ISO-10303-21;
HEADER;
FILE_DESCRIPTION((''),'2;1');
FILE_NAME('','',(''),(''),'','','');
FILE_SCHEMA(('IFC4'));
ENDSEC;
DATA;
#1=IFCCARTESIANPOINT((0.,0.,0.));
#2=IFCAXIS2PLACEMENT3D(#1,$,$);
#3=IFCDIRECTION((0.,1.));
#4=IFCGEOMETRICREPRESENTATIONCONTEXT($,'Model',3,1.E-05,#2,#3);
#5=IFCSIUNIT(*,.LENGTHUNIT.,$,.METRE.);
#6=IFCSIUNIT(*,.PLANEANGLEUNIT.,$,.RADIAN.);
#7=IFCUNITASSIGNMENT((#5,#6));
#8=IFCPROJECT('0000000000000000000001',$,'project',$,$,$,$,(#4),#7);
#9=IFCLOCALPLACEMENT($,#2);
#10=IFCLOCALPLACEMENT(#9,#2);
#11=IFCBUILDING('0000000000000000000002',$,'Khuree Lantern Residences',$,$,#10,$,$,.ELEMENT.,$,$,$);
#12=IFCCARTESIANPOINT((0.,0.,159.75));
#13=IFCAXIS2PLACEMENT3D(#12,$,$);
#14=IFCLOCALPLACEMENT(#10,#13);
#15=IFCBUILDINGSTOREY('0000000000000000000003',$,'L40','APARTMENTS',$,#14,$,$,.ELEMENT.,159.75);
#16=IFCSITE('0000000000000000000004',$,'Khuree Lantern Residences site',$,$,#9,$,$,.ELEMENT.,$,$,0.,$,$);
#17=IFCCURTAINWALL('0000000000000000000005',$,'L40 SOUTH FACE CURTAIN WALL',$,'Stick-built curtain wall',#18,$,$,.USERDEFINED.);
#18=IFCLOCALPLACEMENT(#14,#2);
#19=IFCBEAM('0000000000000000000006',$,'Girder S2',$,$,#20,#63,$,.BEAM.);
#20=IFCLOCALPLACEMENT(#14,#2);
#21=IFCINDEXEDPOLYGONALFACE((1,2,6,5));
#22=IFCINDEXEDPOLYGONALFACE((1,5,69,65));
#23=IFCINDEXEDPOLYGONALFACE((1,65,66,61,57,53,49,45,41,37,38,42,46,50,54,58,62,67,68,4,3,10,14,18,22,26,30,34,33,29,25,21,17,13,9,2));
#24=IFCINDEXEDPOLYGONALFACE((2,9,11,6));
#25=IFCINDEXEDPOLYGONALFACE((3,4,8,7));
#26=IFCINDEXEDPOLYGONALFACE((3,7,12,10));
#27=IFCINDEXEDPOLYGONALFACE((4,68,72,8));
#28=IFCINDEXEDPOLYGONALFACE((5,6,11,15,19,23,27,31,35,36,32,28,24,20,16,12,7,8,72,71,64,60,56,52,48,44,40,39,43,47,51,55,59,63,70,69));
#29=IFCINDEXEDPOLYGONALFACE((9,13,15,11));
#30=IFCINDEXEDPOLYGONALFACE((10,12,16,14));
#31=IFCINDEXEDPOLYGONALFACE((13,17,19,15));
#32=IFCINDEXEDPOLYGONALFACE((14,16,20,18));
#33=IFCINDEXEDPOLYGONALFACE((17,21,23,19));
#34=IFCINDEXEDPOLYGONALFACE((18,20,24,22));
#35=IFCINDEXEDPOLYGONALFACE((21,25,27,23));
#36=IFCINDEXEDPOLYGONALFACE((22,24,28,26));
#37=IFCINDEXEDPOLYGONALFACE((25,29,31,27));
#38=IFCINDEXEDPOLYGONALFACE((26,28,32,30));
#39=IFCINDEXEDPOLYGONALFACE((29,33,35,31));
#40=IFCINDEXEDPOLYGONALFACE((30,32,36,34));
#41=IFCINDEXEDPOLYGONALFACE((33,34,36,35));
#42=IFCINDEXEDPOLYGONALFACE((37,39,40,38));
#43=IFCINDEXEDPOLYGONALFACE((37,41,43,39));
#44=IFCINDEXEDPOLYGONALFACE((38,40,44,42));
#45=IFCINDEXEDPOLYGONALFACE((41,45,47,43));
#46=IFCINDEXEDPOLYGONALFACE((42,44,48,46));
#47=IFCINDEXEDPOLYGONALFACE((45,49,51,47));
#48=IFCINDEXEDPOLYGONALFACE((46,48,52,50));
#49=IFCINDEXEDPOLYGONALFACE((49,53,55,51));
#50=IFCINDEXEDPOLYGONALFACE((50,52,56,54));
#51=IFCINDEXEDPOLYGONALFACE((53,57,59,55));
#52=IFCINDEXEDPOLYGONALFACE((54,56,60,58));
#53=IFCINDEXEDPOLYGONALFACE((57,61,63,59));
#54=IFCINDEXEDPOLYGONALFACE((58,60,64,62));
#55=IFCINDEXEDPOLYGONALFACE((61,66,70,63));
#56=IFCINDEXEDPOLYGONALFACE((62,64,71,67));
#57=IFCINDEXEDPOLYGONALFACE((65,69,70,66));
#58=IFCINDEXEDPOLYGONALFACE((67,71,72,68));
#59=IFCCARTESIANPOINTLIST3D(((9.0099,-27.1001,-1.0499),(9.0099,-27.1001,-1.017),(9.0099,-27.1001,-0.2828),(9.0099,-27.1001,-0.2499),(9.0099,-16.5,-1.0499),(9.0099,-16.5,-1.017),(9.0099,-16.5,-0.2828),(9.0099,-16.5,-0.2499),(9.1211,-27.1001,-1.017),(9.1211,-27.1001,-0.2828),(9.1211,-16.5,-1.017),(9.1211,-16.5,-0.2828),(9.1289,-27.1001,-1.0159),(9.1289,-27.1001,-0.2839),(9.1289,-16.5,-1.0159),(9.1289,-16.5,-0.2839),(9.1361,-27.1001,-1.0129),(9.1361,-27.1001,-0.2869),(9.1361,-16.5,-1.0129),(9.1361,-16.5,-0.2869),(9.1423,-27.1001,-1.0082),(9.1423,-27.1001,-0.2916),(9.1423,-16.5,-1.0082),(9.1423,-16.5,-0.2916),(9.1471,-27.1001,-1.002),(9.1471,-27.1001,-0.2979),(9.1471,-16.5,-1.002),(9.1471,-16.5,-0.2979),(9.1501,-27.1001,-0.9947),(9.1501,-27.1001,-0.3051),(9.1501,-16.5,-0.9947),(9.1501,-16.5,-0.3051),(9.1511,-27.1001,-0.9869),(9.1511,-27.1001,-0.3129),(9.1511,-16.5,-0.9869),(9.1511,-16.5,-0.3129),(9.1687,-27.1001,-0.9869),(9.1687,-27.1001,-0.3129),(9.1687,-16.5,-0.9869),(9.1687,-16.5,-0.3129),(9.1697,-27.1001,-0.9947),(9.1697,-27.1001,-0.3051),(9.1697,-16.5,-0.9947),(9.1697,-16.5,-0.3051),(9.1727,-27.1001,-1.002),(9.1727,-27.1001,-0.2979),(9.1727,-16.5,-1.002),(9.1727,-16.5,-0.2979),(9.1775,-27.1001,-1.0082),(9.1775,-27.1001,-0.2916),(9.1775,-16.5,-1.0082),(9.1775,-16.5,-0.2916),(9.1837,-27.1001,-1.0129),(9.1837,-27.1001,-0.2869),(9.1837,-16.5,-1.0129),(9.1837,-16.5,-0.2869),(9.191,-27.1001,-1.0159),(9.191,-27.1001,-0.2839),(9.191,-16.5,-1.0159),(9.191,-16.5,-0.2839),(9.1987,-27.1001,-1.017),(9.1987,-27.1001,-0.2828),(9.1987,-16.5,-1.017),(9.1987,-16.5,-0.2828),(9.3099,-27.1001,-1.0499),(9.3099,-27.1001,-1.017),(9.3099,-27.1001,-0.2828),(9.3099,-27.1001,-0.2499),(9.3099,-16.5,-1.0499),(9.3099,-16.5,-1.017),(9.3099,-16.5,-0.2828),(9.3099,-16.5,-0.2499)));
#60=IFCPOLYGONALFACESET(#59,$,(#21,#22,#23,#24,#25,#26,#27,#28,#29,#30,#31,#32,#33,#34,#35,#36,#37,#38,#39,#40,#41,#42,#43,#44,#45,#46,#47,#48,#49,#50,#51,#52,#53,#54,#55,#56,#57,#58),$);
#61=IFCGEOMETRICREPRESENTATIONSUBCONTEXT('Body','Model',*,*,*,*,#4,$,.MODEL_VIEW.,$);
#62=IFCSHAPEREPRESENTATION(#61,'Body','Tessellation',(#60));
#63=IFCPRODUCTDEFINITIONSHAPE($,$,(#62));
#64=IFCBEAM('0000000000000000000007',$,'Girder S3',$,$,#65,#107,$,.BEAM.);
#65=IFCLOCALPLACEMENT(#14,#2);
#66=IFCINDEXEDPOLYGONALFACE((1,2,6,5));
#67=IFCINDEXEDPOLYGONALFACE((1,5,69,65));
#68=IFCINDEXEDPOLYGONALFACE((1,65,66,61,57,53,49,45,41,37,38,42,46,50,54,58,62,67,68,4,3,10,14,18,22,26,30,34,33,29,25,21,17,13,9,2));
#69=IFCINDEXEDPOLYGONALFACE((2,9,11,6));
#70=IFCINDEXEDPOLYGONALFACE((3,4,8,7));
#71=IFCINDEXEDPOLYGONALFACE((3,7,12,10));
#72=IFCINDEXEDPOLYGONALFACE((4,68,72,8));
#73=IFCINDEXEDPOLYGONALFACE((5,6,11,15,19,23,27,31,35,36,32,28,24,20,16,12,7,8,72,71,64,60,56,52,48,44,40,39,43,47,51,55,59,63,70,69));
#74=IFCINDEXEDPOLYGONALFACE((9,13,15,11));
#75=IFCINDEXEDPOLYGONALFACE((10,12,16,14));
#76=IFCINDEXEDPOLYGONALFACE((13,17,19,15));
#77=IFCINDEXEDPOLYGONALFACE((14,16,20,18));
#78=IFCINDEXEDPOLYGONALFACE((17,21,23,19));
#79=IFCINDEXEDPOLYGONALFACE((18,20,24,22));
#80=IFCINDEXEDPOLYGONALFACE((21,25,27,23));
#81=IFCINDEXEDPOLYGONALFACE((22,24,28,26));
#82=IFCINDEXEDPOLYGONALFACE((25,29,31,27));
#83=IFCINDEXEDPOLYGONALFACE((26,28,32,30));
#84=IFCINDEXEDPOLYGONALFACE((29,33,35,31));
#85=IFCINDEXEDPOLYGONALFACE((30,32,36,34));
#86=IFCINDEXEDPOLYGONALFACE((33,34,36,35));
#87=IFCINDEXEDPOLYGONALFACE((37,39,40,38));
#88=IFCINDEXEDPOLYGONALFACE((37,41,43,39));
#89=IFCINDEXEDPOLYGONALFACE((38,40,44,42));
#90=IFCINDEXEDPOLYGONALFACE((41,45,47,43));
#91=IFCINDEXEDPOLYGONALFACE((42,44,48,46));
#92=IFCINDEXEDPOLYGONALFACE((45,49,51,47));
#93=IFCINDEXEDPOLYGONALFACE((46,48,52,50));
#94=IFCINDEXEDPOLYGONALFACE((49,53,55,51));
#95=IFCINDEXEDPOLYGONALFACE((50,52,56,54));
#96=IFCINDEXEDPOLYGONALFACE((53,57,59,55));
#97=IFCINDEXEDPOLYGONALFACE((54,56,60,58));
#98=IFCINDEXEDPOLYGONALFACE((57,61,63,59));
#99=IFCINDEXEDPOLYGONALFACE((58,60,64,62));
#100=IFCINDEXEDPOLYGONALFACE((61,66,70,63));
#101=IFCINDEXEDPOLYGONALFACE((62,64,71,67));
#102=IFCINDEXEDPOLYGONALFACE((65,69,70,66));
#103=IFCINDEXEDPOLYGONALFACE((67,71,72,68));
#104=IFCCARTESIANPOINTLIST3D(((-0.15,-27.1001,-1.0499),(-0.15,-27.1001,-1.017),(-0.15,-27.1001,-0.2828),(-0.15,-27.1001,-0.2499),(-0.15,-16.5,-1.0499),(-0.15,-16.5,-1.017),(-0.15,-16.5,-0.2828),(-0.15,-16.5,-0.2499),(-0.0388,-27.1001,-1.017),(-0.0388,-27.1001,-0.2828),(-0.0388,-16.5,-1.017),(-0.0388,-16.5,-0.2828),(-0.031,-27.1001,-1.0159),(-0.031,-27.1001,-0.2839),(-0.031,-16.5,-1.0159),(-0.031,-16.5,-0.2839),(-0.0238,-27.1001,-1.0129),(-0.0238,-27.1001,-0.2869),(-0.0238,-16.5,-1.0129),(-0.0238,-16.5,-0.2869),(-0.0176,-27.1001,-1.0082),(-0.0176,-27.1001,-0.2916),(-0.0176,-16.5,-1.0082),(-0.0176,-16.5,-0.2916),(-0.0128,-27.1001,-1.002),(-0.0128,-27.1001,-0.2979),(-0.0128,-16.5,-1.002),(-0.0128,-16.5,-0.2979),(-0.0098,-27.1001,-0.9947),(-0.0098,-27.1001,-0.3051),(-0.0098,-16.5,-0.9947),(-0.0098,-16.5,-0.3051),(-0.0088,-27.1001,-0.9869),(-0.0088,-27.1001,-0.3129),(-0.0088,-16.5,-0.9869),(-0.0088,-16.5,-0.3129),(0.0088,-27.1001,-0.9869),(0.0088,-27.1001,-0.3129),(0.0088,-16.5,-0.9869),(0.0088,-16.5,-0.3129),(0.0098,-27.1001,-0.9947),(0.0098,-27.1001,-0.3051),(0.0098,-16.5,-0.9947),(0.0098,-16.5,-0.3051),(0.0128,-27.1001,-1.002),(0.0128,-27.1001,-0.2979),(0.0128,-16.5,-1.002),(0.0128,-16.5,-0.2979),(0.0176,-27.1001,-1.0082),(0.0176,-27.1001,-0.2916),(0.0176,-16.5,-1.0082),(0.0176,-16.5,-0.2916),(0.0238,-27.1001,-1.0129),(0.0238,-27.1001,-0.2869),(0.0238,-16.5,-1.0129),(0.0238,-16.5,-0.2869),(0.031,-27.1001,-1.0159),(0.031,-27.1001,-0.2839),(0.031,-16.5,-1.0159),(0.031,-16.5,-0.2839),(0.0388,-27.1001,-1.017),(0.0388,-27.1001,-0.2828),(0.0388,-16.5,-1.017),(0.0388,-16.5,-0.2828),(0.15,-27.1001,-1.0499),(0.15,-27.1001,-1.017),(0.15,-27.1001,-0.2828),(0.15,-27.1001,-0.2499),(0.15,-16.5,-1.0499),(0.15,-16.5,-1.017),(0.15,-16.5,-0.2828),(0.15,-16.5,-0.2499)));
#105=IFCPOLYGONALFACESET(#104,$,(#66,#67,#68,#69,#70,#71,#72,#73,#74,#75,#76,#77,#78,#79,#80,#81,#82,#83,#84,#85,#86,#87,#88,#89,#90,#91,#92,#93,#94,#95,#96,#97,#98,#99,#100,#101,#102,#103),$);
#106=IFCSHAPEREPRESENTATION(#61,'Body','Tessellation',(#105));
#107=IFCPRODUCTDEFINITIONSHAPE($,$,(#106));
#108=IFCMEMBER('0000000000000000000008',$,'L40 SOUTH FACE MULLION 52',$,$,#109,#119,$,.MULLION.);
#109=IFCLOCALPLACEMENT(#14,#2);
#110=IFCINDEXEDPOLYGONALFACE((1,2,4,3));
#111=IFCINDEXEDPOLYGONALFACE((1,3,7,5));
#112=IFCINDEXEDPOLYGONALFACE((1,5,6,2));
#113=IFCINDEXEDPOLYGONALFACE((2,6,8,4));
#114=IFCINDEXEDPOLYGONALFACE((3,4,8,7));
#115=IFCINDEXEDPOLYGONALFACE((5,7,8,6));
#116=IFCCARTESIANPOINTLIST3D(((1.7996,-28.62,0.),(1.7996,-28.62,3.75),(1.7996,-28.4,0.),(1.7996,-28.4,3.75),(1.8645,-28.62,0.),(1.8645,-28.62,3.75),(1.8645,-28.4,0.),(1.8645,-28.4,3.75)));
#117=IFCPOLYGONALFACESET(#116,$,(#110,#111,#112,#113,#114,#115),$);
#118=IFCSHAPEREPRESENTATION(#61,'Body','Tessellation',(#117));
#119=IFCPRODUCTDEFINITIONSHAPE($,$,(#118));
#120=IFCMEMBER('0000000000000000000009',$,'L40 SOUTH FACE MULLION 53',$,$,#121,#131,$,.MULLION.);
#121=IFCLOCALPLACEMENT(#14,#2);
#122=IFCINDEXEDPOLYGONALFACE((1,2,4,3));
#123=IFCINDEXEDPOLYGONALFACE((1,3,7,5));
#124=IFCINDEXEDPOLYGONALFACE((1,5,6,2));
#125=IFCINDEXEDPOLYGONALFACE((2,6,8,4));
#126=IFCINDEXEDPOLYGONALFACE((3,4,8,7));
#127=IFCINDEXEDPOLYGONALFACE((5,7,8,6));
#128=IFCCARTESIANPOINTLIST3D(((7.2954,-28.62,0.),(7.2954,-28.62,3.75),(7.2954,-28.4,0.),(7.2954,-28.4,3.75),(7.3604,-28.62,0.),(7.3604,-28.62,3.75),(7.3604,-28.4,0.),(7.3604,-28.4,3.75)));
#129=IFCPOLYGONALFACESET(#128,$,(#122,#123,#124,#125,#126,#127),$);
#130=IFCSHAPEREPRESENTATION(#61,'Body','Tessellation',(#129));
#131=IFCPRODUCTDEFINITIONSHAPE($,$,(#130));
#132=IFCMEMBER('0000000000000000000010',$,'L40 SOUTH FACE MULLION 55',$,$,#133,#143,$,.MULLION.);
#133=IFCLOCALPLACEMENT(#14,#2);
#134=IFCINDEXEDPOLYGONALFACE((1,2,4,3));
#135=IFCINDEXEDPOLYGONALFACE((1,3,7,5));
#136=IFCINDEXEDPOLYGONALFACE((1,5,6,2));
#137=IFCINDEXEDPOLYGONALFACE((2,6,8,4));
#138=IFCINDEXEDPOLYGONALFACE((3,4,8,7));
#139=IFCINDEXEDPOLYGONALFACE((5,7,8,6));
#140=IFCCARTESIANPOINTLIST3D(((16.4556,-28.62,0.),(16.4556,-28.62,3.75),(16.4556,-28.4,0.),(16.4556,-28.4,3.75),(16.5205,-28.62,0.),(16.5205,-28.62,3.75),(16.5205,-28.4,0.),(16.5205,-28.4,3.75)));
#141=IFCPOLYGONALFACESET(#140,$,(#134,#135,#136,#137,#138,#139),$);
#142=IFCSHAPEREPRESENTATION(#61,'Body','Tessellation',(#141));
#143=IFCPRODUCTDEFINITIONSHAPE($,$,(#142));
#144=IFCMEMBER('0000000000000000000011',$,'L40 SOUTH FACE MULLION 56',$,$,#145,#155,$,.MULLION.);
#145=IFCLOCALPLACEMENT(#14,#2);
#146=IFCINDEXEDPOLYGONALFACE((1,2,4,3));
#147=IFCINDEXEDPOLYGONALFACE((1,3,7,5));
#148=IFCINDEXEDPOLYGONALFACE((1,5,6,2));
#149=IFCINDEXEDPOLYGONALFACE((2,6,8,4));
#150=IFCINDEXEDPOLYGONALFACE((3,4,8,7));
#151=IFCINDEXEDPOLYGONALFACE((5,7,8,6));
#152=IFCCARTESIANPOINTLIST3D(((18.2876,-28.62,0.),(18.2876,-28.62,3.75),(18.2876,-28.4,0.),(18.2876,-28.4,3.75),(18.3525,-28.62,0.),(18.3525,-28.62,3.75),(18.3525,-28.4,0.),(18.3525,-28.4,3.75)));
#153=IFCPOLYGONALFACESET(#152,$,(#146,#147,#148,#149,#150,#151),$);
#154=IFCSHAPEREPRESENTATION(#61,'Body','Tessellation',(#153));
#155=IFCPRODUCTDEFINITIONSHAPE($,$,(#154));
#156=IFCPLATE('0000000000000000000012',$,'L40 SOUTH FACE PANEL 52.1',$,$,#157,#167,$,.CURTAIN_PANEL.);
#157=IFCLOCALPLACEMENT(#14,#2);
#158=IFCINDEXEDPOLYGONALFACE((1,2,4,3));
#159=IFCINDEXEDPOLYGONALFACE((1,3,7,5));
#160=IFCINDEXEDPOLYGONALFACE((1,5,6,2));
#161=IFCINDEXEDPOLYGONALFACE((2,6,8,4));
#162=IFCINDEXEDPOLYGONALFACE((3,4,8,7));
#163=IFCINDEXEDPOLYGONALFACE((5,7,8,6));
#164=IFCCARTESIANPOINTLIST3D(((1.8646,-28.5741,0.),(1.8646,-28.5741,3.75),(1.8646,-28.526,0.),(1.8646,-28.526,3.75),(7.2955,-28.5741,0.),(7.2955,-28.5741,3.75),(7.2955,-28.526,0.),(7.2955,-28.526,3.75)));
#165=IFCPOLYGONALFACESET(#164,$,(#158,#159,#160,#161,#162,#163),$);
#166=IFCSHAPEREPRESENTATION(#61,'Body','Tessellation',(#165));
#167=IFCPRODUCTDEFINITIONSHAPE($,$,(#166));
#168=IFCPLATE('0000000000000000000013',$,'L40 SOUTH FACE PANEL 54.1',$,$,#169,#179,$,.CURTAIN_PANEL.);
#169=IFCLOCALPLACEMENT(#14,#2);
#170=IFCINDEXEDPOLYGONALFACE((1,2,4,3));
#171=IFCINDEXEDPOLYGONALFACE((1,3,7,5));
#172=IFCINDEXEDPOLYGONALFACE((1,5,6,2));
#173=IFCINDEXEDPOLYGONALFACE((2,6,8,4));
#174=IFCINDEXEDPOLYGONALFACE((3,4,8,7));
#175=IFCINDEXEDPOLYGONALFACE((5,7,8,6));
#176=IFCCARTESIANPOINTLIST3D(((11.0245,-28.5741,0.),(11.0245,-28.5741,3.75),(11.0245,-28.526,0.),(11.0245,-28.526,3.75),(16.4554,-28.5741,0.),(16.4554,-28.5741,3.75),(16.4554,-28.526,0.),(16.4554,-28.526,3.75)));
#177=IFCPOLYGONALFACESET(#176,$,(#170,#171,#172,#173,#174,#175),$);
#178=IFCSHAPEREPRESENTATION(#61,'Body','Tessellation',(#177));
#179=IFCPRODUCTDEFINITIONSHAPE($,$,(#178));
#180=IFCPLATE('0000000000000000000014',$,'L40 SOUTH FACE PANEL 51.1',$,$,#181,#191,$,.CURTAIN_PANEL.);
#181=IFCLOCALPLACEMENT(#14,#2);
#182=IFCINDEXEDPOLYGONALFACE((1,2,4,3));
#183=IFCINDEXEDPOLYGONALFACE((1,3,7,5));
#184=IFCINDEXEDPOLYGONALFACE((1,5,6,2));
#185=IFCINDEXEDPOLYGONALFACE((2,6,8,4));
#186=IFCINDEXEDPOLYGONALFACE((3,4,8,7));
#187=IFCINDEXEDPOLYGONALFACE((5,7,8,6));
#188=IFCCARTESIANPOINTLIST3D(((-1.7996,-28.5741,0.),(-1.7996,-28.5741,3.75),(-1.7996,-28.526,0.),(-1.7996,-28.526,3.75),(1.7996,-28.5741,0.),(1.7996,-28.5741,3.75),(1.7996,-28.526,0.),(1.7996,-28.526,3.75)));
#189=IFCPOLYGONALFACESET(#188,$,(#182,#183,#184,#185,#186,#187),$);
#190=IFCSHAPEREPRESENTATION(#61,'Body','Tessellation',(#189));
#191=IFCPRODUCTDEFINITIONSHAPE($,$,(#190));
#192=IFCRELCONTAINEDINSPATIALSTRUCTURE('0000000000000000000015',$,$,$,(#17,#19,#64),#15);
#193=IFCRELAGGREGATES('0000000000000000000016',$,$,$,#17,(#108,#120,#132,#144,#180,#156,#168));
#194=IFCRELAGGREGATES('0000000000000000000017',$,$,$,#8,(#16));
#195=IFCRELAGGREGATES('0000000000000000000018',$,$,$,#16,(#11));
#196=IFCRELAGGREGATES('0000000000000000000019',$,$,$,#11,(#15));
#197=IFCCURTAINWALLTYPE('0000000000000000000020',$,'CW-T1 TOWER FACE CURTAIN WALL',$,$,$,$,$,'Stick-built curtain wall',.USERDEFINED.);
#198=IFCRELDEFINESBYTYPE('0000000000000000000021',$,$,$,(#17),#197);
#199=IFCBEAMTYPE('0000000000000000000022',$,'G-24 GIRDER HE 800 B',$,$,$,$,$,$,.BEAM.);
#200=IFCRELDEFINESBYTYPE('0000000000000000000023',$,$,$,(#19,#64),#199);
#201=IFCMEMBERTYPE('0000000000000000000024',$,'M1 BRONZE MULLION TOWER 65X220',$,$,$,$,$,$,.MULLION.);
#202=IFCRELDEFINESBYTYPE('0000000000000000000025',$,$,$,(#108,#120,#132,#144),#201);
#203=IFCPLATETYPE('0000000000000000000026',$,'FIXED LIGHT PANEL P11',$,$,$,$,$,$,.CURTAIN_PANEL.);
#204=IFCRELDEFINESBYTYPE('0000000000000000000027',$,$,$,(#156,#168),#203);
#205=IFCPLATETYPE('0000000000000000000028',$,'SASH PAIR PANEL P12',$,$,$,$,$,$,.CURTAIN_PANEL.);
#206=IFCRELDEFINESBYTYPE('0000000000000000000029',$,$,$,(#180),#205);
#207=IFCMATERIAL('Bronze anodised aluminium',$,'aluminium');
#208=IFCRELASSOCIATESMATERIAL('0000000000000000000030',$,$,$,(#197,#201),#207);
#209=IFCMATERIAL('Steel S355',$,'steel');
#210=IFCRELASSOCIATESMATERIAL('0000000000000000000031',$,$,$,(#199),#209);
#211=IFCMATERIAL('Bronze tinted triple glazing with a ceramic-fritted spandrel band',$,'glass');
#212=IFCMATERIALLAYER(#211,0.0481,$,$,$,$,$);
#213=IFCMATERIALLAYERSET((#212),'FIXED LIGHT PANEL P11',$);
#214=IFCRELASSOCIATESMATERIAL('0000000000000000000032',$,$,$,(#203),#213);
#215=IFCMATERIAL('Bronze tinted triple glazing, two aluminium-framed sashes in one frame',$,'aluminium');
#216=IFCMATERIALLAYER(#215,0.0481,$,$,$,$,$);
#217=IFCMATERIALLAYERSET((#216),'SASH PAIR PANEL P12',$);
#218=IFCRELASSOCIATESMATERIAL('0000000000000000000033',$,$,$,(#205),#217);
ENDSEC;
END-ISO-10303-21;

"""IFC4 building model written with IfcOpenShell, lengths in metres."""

from ifc_helpers import new_model, si_unit, direction, frame, origin, origin_2d, place, context, subcontext, project, spatial, rectangle, i_section, extrude, material, layer, layer_set, material_profile, profile_set, type_object, element, aggregate, save


model = new_model("IFC4")

# Units and contexts
model_context = context("Model", 3, precision=1e-05, world=origin(), true_north=direction((0.0, 1.0)))
body_context = subcontext(model_context, "Body", "Model", "MODEL_VIEW")
ifc_project = project(units=[si_unit("LENGTHUNIT", "METRE"), si_unit("PLANEANGLEUNIT", "RADIAN")], contexts=[model_context])

# Site, building, storey
site_placement = place(None, origin())
site = spatial("IfcSite", under=ifc_project, at=site_placement, Name="Khuree Lantern Residences site", CompositionType="ELEMENT", RefElevation=0.0)
building_placement = place(site_placement, origin())
building = spatial("IfcBuilding", under=site, at=building_placement, Name="Khuree Lantern Residences", CompositionType="ELEMENT")
storey_placement = place(building_placement, frame((0.0, 0.0, 159.75)))
storey = spatial("IfcBuildingStorey", under=building, at=storey_placement, Name="L40", Description="APARTMENTS", CompositionType="ELEMENT", Elevation=159.75)

# Shared definitions
ifc_material_1 = material(Name="Steel S355", Category="steel")

# Curtain wall
ifc_material_2 = material(Name="Bronze anodised aluminium", Category="aluminium")
curtain_wall_type = type_object("IfcCurtainWallType", Name="CW-T1 TOWER FACE CURTAIN WALL", ElementType="Stick-built curtain wall", PredefinedType="USERDEFINED", material=ifc_material_2)
curtain_wall_placement = place(storey_placement, origin())
curtain_wall = element("IfcCurtainWall", 1, at=curtain_wall_placement, inside=storey, type_object=curtain_wall_type, Name="L40 SOUTH FACE CURTAIN WALL", ObjectType="Stick-built curtain wall", PredefinedType="USERDEFINED")

# Beams
ifc_material_profile_1 = material_profile(ifc_material_1, i_section(OverallWidth=0.3, OverallDepth=0.8, WebThickness=0.0176, FlangeThickness=0.033, FilletRadius=0.03, at=origin_2d()), Name="HE 800 B")
ifc_profile_set_1 = profile_set([ifc_material_profile_1], Name="Steel S355")
beam_type_1 = type_object("IfcBeamType", Name="G-24 GIRDER HE 800 B", PredefinedType="BEAM", material=ifc_profile_set_1)
for number, where, z_axis, x_axis, name in (
    (2, (9.1599, -27.1001, -0.6499), (0.0, 1.0, 0.0), (-1.0, 0.0, 0.0), "Girder S2"),
    (3, (0.0, -27.1001, -0.6499), (0.0, 1.0, 0.0), (-1.0, 0.0, 0.0), "Girder S3"),
):
    element("IfcBeam", number, at=place(storey_placement, frame(where, z_axis=z_axis, x_axis=x_axis)), inside=storey, type_object=beam_type_1, Name=name, PredefinedType="BEAM", context=body_context, shape_type="SweptSolid", body=[
        extrude(i_section(OverallWidth=0.3, OverallDepth=0.8, WebThickness=0.0176, FlangeThickness=0.033, FilletRadius=0.03, at=origin_2d()), origin(), (0.0, 0.0, 1.0), 10.6001),
    ])

# Members
ifc_material_profile_2 = material_profile(ifc_material_2, rectangle(XDim=0.0649, YDim=0.22, at=origin_2d()), Name="M1 65X220")
ifc_profile_set_2 = profile_set([ifc_material_profile_2], Name="Bronze anodised aluminium")
member_type_1 = type_object("IfcMemberType", Name="M1 BRONZE MULLION TOWER 65X220", PredefinedType="MULLION", material=ifc_profile_set_2)
member_1_placement = place(storey_placement, frame((1.832, -28.51, 0.0), z_axis=(0.0, 0.0, 1.0), x_axis=(1.0, 0.0, 0.0)))
member_1 = element("IfcMember", 4, at=member_1_placement, type_object=member_type_1, Name="L40 SOUTH FACE MULLION 52", PredefinedType="MULLION", context=body_context, shape_type="SweptSolid", body=[
    extrude(rectangle(XDim=0.0649, YDim=0.22, at=origin_2d()), origin(), (0.0, 0.0, 1.0), 3.75),
])
member_2_placement = place(storey_placement, frame((7.3279, -28.51, 0.0), z_axis=(0.0, 0.0, 1.0), x_axis=(1.0, 0.0, 0.0)))
member_2 = element("IfcMember", 5, at=member_2_placement, type_object=member_type_1, Name="L40 SOUTH FACE MULLION 53", PredefinedType="MULLION", context=body_context, shape_type="SweptSolid", body=[
    extrude(rectangle(XDim=0.0649, YDim=0.22, at=origin_2d()), origin(), (0.0, 0.0, 1.0), 3.75),
])
member_3_placement = place(storey_placement, frame((16.488, -28.51, 0.0), z_axis=(0.0, 0.0, 1.0), x_axis=(1.0, 0.0, 0.0)))
member_3 = element("IfcMember", 6, at=member_3_placement, type_object=member_type_1, Name="L40 SOUTH FACE MULLION 55", PredefinedType="MULLION", context=body_context, shape_type="SweptSolid", body=[
    extrude(rectangle(XDim=0.0649, YDim=0.22, at=origin_2d()), origin(), (0.0, 0.0, 1.0), 3.75),
])
member_4_placement = place(storey_placement, frame((18.3201, -28.51, 0.0), z_axis=(0.0, 0.0, 1.0), x_axis=(1.0, 0.0, 0.0)))
member_4 = element("IfcMember", 7, at=member_4_placement, type_object=member_type_1, Name="L40 SOUTH FACE MULLION 56", PredefinedType="MULLION", context=body_context, shape_type="SweptSolid", body=[
    extrude(rectangle(XDim=0.0649, YDim=0.22, at=origin_2d()), origin(), (0.0, 0.0, 1.0), 3.75),
])

# Plates
ifc_material_3 = material(Name="Bronze tinted triple glazing with a ceramic-fritted spandrel band", Category="glass")
ifc_layer_1 = layer(ifc_material_3, 0.0481)
ifc_layer_set_1 = layer_set([ifc_layer_1], Name="FIXED LIGHT PANEL P11")
plate_type_1 = type_object("IfcPlateType", Name="FIXED LIGHT PANEL P11", PredefinedType="CURTAIN_PANEL", material=ifc_layer_set_1)
plate_1_placement = place(storey_placement, frame((4.5801, -28.55, 0.0), z_axis=(0.0, 0.0, 1.0), x_axis=(1.0, 0.0, 0.0)))
plate_1 = element("IfcPlate", 8, at=plate_1_placement, type_object=plate_type_1, Name="L40 SOUTH FACE PANEL 52.1", PredefinedType="CURTAIN_PANEL", context=body_context, shape_type="SweptSolid", body=[
    extrude(rectangle(XDim=5.4309, YDim=0.0481, at=origin_2d()), origin(), (0.0, 0.0, 1.0), 3.75),
])
plate_2_placement = place(storey_placement, frame((13.74, -28.55, 0.0), z_axis=(0.0, 0.0, 1.0), x_axis=(1.0, 0.0, 0.0)))
plate_2 = element("IfcPlate", 9, at=plate_2_placement, type_object=plate_type_1, Name="L40 SOUTH FACE PANEL 54.1", PredefinedType="CURTAIN_PANEL", context=body_context, shape_type="SweptSolid", body=[
    extrude(rectangle(XDim=5.4309, YDim=0.0481, at=origin_2d()), origin(), (0.0, 0.0, 1.0), 3.75),
])
ifc_material_4 = material(Name="Bronze tinted triple glazing, two aluminium-framed sashes in one frame", Category="aluminium")
ifc_layer_2 = layer(ifc_material_4, 0.0481)
ifc_layer_set_2 = layer_set([ifc_layer_2], Name="SASH PAIR PANEL P12")
plate_type_2 = type_object("IfcPlateType", Name="SASH PAIR PANEL P12", PredefinedType="CURTAIN_PANEL", material=ifc_layer_set_2)
plate_3_placement = place(storey_placement, frame((0.0, -28.55, 0.0), z_axis=(0.0, 0.0, 1.0), x_axis=(1.0, 0.0, 0.0)))
plate_3 = element("IfcPlate", 10, at=plate_3_placement, type_object=plate_type_2, Name="L40 SOUTH FACE PANEL 51.1", PredefinedType="CURTAIN_PANEL", context=body_context, shape_type="SweptSolid", body=[
    extrude(rectangle(XDim=3.5991, YDim=0.0481, at=origin_2d()), origin(), (0.0, 0.0, 1.0), 3.75),
])
aggregate(curtain_wall, [member_1, member_2, member_3, member_4, plate_3, plate_1, plate_2])

save(model, "model.ifc")
